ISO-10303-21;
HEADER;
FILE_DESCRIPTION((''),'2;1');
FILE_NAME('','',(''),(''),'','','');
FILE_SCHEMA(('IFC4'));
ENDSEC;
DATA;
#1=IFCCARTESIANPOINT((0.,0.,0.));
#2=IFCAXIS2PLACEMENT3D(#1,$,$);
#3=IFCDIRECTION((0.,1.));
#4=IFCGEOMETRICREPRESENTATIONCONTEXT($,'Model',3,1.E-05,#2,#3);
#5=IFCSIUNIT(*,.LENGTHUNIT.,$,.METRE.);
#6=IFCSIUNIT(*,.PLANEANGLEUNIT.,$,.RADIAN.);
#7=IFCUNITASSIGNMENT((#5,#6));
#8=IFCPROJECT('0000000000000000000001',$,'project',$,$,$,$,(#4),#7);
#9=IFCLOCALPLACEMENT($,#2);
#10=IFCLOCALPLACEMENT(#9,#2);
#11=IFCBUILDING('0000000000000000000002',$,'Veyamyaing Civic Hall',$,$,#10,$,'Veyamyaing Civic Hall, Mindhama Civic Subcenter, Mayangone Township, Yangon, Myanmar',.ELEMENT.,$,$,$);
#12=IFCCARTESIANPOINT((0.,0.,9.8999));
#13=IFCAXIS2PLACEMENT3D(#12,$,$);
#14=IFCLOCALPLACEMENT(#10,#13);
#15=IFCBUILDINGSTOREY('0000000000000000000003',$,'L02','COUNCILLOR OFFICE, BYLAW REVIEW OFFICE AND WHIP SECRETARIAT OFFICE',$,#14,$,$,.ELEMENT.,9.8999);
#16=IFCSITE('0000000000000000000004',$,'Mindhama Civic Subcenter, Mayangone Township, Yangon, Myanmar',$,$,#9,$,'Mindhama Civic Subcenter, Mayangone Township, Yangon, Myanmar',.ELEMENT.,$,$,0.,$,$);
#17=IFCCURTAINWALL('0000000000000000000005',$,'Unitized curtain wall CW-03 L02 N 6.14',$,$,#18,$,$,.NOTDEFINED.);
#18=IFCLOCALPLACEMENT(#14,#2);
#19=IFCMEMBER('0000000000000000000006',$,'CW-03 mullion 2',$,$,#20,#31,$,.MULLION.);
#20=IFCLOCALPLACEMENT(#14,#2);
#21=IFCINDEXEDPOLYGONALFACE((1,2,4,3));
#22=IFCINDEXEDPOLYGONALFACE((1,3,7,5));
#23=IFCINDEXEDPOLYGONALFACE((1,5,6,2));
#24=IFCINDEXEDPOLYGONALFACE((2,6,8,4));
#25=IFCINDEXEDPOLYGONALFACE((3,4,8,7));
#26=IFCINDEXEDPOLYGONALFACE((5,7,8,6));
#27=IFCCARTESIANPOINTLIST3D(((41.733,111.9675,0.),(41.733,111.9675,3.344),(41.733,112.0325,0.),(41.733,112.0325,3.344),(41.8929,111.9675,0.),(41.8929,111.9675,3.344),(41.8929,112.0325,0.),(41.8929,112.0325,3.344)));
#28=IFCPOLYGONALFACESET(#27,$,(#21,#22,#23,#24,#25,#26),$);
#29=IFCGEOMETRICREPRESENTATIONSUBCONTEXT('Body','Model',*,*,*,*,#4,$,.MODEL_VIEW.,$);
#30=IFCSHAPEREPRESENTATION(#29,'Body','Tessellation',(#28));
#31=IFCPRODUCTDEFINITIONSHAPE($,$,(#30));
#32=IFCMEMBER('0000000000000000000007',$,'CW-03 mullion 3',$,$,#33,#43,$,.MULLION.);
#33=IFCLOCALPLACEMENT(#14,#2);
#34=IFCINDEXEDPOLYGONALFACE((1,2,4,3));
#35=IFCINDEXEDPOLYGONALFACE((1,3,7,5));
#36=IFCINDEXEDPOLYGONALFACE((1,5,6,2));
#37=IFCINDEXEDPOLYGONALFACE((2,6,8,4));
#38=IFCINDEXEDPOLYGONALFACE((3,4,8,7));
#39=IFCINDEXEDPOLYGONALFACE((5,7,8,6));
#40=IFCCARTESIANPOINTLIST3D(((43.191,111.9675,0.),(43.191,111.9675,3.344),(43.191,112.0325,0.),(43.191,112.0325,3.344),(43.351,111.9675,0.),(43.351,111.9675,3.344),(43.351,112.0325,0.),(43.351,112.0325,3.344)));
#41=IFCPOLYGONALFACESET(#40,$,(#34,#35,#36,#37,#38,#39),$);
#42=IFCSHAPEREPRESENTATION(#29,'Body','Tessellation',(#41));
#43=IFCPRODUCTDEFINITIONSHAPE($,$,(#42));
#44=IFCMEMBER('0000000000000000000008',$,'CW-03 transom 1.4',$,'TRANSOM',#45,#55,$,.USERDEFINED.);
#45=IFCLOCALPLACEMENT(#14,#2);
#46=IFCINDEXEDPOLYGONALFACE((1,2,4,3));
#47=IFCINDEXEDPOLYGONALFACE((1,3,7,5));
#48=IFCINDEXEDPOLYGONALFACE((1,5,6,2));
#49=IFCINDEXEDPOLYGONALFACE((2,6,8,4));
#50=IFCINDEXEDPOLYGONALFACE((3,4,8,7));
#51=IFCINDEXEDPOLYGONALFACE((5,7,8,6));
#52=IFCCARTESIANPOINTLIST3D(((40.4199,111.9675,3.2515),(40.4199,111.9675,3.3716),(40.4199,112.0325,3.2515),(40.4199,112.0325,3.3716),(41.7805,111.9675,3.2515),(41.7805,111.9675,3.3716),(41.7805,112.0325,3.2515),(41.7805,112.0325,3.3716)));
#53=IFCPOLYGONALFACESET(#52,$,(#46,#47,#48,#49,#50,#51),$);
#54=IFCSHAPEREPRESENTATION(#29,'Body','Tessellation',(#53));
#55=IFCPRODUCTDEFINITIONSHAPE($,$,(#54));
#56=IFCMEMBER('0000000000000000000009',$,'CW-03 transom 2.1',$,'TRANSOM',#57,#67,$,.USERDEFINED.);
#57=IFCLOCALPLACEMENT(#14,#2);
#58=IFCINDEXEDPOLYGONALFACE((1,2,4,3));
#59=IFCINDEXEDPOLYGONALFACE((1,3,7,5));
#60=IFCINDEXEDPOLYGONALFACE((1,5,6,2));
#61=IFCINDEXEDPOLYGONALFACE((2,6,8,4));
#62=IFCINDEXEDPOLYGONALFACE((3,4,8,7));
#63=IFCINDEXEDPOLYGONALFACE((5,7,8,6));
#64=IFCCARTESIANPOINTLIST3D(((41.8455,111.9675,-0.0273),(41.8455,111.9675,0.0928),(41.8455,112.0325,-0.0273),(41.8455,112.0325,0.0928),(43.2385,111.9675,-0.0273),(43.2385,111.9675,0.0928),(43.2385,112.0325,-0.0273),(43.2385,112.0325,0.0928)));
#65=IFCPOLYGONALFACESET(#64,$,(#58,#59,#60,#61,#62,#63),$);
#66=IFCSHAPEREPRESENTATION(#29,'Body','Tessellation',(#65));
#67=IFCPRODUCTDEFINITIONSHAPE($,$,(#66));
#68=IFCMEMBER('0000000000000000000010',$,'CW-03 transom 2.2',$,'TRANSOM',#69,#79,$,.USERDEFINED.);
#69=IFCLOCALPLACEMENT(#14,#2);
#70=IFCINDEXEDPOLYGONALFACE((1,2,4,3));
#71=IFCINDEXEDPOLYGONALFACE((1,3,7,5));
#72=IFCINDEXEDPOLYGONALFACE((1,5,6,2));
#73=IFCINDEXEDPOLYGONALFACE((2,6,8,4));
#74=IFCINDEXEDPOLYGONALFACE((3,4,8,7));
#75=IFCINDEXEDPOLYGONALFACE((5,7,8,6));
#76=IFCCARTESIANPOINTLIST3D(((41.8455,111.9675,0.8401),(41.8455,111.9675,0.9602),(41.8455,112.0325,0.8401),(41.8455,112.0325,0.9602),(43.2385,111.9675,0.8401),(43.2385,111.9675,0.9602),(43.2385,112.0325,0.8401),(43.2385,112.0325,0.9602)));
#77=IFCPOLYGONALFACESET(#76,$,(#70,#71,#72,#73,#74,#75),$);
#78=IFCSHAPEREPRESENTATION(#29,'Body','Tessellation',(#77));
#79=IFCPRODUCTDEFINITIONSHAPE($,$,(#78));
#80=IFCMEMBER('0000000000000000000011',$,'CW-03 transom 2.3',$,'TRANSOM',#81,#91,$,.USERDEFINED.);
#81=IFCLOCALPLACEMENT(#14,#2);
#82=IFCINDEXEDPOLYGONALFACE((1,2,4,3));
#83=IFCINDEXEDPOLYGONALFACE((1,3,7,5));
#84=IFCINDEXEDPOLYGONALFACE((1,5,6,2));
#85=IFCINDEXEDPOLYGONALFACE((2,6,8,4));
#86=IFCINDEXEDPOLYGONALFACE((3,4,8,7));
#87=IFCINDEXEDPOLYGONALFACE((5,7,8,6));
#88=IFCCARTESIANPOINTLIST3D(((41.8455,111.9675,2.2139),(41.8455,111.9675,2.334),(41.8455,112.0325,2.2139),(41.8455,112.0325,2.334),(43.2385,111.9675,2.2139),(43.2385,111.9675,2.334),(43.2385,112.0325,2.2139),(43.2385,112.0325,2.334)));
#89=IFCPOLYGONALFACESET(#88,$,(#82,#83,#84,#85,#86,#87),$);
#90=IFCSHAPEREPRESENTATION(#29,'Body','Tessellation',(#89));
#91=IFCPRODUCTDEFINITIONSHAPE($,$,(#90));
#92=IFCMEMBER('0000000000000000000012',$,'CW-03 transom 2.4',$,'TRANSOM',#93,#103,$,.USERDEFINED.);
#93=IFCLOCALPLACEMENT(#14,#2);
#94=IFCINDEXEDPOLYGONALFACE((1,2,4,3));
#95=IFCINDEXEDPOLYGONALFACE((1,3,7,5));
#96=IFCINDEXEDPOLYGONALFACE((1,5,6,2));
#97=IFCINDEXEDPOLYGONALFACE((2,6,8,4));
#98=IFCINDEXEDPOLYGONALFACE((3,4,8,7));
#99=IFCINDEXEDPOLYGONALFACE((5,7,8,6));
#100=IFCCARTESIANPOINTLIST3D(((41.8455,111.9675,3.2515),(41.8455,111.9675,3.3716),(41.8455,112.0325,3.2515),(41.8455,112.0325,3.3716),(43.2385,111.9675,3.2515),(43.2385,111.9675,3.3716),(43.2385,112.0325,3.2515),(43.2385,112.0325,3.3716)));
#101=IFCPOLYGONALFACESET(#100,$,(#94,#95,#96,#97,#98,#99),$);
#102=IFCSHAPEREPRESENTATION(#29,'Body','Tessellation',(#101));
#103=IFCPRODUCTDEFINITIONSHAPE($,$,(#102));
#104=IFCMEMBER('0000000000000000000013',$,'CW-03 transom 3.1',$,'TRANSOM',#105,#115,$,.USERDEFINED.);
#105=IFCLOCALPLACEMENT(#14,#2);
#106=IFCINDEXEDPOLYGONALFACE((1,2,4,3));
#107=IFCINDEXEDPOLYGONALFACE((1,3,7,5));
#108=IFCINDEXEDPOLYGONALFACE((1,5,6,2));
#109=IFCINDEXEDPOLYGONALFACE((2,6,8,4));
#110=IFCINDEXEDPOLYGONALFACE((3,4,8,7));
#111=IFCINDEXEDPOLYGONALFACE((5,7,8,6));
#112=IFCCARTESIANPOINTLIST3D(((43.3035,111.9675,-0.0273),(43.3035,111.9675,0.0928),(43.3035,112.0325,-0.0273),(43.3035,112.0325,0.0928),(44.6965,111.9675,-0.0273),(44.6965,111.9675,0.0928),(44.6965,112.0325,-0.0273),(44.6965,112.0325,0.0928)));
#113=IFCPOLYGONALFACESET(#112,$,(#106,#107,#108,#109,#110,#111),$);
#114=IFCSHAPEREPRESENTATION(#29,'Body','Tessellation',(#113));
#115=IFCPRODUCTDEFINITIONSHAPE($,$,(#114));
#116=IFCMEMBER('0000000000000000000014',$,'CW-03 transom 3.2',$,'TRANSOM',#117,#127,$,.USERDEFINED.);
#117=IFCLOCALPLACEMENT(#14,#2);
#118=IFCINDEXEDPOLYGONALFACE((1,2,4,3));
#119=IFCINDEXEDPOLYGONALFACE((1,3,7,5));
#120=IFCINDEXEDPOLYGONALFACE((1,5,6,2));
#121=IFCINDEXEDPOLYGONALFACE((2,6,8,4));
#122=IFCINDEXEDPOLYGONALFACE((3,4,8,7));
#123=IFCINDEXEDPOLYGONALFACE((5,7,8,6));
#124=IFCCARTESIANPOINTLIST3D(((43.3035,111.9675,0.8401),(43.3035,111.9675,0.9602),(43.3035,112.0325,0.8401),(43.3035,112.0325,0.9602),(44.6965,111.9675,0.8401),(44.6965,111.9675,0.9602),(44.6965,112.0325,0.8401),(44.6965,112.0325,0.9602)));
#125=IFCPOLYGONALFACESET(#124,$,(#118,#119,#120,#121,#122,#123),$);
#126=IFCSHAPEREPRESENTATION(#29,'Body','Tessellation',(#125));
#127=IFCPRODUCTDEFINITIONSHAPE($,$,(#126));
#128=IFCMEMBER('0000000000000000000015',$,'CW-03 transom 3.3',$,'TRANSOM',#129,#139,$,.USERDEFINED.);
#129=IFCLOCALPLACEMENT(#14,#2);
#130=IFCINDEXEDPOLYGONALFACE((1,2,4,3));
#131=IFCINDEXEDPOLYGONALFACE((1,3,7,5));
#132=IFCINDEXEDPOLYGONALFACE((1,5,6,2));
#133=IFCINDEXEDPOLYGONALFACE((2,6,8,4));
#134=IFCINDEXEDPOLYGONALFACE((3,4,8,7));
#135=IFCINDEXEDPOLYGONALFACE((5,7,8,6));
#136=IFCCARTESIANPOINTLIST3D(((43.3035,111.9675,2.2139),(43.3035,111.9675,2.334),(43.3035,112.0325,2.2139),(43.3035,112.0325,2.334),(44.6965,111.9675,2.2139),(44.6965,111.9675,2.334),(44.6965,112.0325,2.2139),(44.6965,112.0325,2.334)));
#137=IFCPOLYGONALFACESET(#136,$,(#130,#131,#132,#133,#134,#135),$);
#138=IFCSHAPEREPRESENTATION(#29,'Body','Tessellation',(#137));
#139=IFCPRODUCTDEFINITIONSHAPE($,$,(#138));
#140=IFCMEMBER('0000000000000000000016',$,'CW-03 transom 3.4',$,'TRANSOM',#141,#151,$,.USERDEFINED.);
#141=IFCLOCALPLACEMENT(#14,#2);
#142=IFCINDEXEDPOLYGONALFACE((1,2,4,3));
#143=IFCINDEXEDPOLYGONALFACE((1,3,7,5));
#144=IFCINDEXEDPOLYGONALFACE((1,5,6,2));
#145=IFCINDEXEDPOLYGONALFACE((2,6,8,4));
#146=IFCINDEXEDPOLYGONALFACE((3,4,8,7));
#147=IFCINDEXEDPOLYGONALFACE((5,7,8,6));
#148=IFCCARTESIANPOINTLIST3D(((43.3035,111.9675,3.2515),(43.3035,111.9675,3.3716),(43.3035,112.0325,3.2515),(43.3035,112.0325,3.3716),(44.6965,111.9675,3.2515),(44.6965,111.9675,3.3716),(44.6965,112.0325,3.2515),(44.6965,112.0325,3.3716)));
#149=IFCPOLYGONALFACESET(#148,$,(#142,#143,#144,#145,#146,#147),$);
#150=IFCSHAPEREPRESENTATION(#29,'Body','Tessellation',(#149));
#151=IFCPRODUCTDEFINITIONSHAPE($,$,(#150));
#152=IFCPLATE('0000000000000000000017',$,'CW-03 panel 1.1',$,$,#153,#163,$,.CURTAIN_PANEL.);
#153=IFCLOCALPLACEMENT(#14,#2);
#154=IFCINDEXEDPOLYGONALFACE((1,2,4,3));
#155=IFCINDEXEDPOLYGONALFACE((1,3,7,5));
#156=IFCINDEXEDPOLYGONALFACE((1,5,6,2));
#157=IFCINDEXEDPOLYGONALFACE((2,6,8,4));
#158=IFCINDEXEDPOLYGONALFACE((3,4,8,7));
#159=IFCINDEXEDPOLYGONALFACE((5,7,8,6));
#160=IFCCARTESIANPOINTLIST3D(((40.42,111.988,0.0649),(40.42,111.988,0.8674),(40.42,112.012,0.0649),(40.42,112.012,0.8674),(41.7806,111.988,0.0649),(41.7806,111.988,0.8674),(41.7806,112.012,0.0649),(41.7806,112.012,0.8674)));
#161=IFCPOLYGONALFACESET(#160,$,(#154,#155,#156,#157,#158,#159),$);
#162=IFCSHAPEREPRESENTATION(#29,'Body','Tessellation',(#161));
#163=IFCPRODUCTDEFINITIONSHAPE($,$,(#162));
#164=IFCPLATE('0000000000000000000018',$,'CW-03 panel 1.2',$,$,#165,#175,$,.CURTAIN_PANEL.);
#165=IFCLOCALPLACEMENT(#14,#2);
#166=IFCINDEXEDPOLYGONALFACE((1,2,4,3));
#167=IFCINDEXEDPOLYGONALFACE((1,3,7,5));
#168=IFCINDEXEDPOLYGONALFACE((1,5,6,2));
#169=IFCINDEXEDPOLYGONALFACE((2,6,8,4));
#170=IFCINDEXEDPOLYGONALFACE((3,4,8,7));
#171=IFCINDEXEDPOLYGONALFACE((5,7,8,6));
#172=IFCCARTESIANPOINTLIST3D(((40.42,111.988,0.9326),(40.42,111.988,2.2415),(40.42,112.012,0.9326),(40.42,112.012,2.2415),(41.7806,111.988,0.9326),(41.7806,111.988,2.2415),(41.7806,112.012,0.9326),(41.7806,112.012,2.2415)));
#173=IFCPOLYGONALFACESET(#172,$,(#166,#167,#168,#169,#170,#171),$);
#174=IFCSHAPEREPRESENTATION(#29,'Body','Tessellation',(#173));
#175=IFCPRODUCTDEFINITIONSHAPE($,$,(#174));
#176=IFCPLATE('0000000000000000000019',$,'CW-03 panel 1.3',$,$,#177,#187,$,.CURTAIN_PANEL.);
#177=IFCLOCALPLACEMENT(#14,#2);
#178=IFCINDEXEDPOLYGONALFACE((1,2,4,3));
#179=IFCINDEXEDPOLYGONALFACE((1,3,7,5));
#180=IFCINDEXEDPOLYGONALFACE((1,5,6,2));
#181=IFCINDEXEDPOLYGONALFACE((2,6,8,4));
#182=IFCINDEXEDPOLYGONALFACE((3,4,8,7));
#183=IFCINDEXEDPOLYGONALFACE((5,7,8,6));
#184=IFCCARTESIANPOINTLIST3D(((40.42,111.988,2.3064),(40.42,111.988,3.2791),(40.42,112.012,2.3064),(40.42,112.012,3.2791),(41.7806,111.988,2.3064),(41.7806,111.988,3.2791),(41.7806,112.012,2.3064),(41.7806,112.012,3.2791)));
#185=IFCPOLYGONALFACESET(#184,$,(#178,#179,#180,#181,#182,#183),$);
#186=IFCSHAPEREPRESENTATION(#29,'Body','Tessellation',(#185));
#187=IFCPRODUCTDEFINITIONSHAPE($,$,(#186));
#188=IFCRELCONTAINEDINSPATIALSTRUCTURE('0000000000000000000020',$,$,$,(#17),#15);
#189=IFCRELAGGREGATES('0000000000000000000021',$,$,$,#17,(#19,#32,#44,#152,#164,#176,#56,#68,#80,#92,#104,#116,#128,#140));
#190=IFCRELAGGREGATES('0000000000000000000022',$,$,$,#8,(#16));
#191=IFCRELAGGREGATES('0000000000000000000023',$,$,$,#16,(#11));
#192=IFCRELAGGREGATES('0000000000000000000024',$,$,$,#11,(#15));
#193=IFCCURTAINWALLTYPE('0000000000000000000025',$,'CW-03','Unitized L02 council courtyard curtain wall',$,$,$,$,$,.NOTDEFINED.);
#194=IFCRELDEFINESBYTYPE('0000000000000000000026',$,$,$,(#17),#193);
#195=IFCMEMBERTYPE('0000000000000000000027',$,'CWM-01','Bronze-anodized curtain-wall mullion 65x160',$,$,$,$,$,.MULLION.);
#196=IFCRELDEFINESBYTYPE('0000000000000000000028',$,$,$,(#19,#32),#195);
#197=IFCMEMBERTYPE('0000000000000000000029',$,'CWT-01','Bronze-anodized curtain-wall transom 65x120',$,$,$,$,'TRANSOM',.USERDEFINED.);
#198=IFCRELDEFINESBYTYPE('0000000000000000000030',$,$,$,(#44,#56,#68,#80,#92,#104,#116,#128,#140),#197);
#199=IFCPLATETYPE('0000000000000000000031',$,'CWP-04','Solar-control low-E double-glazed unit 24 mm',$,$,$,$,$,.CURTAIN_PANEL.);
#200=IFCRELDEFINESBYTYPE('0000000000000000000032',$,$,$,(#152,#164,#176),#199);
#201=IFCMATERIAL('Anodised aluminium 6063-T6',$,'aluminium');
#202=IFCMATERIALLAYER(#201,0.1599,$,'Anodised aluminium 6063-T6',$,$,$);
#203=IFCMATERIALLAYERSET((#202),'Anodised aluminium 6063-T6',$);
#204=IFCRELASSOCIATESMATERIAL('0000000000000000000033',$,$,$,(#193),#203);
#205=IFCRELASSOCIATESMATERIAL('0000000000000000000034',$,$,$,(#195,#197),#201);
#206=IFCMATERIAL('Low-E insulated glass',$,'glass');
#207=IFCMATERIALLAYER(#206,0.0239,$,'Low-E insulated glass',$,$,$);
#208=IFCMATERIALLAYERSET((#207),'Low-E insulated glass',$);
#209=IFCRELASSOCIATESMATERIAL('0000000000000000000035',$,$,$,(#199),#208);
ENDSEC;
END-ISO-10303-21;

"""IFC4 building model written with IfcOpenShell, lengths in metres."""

from ifc_helpers import new_model, si_unit, direction, frame, origin, origin_2d, place, context, subcontext, project, spatial, rectangle, extrude, material, layer, layer_set, material_profile, profile_set, type_object, element, aggregate, save


model = new_model("IFC4")

# Units and contexts
model_context = context("Model", 3, precision=1e-05, world=origin(), true_north=direction((0.0, 1.0)))
body_context = subcontext(model_context, "Body", "Model", "MODEL_VIEW")
ifc_project = project(units=[si_unit("LENGTHUNIT", "METRE"), si_unit("PLANEANGLEUNIT", "RADIAN")], contexts=[model_context])

# Site, building, storey
site_placement = place(None, origin())
site = spatial("IfcSite", under=ifc_project, at=site_placement, Name="Mindhama Civic Subcenter, Mayangone Township, Yangon, Myanmar", LongName="Mindhama Civic Subcenter, Mayangone Township, Yangon, Myanmar", CompositionType="ELEMENT", RefElevation=0.0)
building_placement = place(site_placement, origin())
building = spatial("IfcBuilding", under=site, at=building_placement, Name="Veyamyaing Civic Hall", LongName="Veyamyaing Civic Hall, Mindhama Civic Subcenter, Mayangone Township, Yangon, Myanmar", CompositionType="ELEMENT")
storey_placement = place(building_placement, frame((0.0, 0.0, 9.8999)))
storey = spatial("IfcBuildingStorey", under=building, at=storey_placement, Name="L02", Description="COUNCILLOR OFFICE, BYLAW REVIEW OFFICE AND WHIP SECRETARIAT OFFICE", CompositionType="ELEMENT", Elevation=9.8999)

# Curtain wall, members, plates
ifc_material_1 = material(Name="Anodised aluminium 6063-T6", Category="aluminium")
ifc_layer_1 = layer(ifc_material_1, 0.1599, Name="Anodised aluminium 6063-T6")
ifc_layer_set_1 = layer_set([ifc_layer_1], Name="Anodised aluminium 6063-T6")
curtain_wall_type = type_object("IfcCurtainWallType", Name="CW-03", Description="Unitized L02 council courtyard curtain wall", PredefinedType="NOTDEFINED", material=ifc_layer_set_1)
curtain_wall_placement = place(storey_placement, origin())
curtain_wall = element("IfcCurtainWall", 1, at=curtain_wall_placement, inside=storey, type_object=curtain_wall_type, Name="Unitized curtain wall CW-03 L02 N 6.14", PredefinedType="NOTDEFINED")
ifc_material_profile_1 = material_profile(ifc_material_1, rectangle(XDim=0.0649, YDim=0.1599, at=origin_2d()), Name="ALU-MUL-65X160")
ifc_profile_set_1 = profile_set([ifc_material_profile_1], Name="Anodised aluminium 6063-T6")
member_type_1 = type_object("IfcMemberType", Name="CWM-01", Description="Bronze-anodized curtain-wall mullion 65x160", PredefinedType="MULLION", material=ifc_profile_set_1)
member_1_placement = place(storey_placement, frame((41.813, 112.0, 0.0), z_axis=(0.0, 0.0, 1.0), x_axis=(0.0, 1.0, 0.0)))
member_1 = element("IfcMember", 2, at=member_1_placement, type_object=member_type_1, Name="CW-03 mullion 2", PredefinedType="MULLION", context=body_context, shape_type="SweptSolid", body=[
    extrude(rectangle(XDim=0.0649, YDim=0.1599, at=origin_2d()), origin(), (0.0, 0.0, 1.0), 3.344),
])
member_2_placement = place(storey_placement, frame((43.271, 112.0, 0.0), z_axis=(0.0, 0.0, 1.0), x_axis=(0.0, 1.0, 0.0)))
member_2 = element("IfcMember", 3, at=member_2_placement, type_object=member_type_1, Name="CW-03 mullion 3", PredefinedType="MULLION", context=body_context, shape_type="SweptSolid", body=[
    extrude(rectangle(XDim=0.0649, YDim=0.1599, at=origin_2d()), origin(), (0.0, 0.0, 1.0), 3.344),
])
ifc_material_profile_2 = material_profile(ifc_material_1, rectangle(XDim=0.0649, YDim=0.1201, at=origin_2d()), Name="ALU-TRN-65X120")
ifc_profile_set_2 = profile_set([ifc_material_profile_2], Name="Anodised aluminium 6063-T6")
member_type_2 = type_object("IfcMemberType", Name="CWT-01", Description="Bronze-anodized curtain-wall transom 65x120", ElementType="TRANSOM", PredefinedType="USERDEFINED", material=ifc_profile_set_2)
member_3_placement = place(storey_placement, frame((40.4199, 112.0, 3.3115), z_axis=(1.0, 0.0, 0.0), x_axis=(0.0, 1.0, 0.0)))
member_3 = element("IfcMember", 4, at=member_3_placement, type_object=member_type_2, Name="CW-03 transom 1.4", ObjectType="TRANSOM", PredefinedType="USERDEFINED", context=body_context, shape_type="SweptSolid", body=[
    extrude(rectangle(XDim=0.0649, YDim=0.1201, at=origin_2d()), origin(), (0.0, 0.0, 1.0), 1.3606),
])
member_4_placement = place(storey_placement, frame((41.8455, 112.0, 0.0327), z_axis=(1.0, 0.0, 0.0), x_axis=(0.0, 1.0, 0.0)))
member_4 = element("IfcMember", 5, at=member_4_placement, type_object=member_type_2, Name="CW-03 transom 2.1", ObjectType="TRANSOM", PredefinedType="USERDEFINED", context=body_context, shape_type="SweptSolid", body=[
    extrude(rectangle(XDim=0.0649, YDim=0.1201, at=origin_2d()), origin(), (0.0, 0.0, 1.0), 1.3931),
])
member_5_placement = place(storey_placement, frame((41.8455, 112.0, 0.9001), z_axis=(1.0, 0.0, 0.0), x_axis=(0.0, 1.0, 0.0)))
member_5 = element("IfcMember", 6, at=member_5_placement, type_object=member_type_2, Name="CW-03 transom 2.2", ObjectType="TRANSOM", PredefinedType="USERDEFINED", context=body_context, shape_type="SweptSolid", body=[
    extrude(rectangle(XDim=0.0649, YDim=0.1201, at=origin_2d()), origin(), (0.0, 0.0, 1.0), 1.3931),
])
member_6_placement = place(storey_placement, frame((41.8455, 112.0, 2.2739), z_axis=(1.0, 0.0, 0.0), x_axis=(0.0, 1.0, 0.0)))
member_6 = element("IfcMember", 7, at=member_6_placement, type_object=member_type_2, Name="CW-03 transom 2.3", ObjectType="TRANSOM", PredefinedType="USERDEFINED", context=body_context, shape_type="SweptSolid", body=[
    extrude(rectangle(XDim=0.0649, YDim=0.1201, at=origin_2d()), origin(), (0.0, 0.0, 1.0), 1.3931),
])
member_7_placement = place(storey_placement, frame((41.8455, 112.0, 3.3115), z_axis=(1.0, 0.0, 0.0), x_axis=(0.0, 1.0, 0.0)))
member_7 = element("IfcMember", 8, at=member_7_placement, type_object=member_type_2, Name="CW-03 transom 2.4", ObjectType="TRANSOM", PredefinedType="USERDEFINED", context=body_context, shape_type="SweptSolid", body=[
    extrude(rectangle(XDim=0.0649, YDim=0.1201, at=origin_2d()), origin(), (0.0, 0.0, 1.0), 1.3931),
])
member_8_placement = place(storey_placement, frame((43.3035, 112.0, 0.0327), z_axis=(1.0, 0.0, 0.0), x_axis=(0.0, 1.0, 0.0)))
member_8 = element("IfcMember", 9, at=member_8_placement, type_object=member_type_2, Name="CW-03 transom 3.1", ObjectType="TRANSOM", PredefinedType="USERDEFINED", context=body_context, shape_type="SweptSolid", body=[
    extrude(rectangle(XDim=0.0649, YDim=0.1201, at=origin_2d()), origin(), (0.0, 0.0, 1.0), 1.3931),
])
member_9_placement = place(storey_placement, frame((43.3035, 112.0, 0.9001), z_axis=(1.0, 0.0, 0.0), x_axis=(0.0, 1.0, 0.0)))
member_9 = element("IfcMember", 10, at=member_9_placement, type_object=member_type_2, Name="CW-03 transom 3.2", ObjectType="TRANSOM", PredefinedType="USERDEFINED", context=body_context, shape_type="SweptSolid", body=[
    extrude(rectangle(XDim=0.0649, YDim=0.1201, at=origin_2d()), origin(), (0.0, 0.0, 1.0), 1.3931),
])
member_10_placement = place(storey_placement, frame((43.3035, 112.0, 2.2739), z_axis=(1.0, 0.0, 0.0), x_axis=(0.0, 1.0, 0.0)))
member_10 = element("IfcMember", 11, at=member_10_placement, type_object=member_type_2, Name="CW-03 transom 3.3", ObjectType="TRANSOM", PredefinedType="USERDEFINED", context=body_context, shape_type="SweptSolid", body=[
    extrude(rectangle(XDim=0.0649, YDim=0.1201, at=origin_2d()), origin(), (0.0, 0.0, 1.0), 1.3931),
])
member_11_placement = place(storey_placement, frame((43.3035, 112.0, 3.3115), z_axis=(1.0, 0.0, 0.0), x_axis=(0.0, 1.0, 0.0)))
member_11 = element("IfcMember", 12, at=member_11_placement, type_object=member_type_2, Name="CW-03 transom 3.4", ObjectType="TRANSOM", PredefinedType="USERDEFINED", context=body_context, shape_type="SweptSolid", body=[
    extrude(rectangle(XDim=0.0649, YDim=0.1201, at=origin_2d()), origin(), (0.0, 0.0, 1.0), 1.3931),
])
ifc_material_2 = material(Name="Low-E insulated glass", Category="glass")
ifc_layer_2 = layer(ifc_material_2, 0.0239, Name="Low-E insulated glass")
ifc_layer_set_2 = layer_set([ifc_layer_2], Name="Low-E insulated glass")
plate_type = type_object("IfcPlateType", Name="CWP-04", Description="Solar-control low-E double-glazed unit 24 mm", PredefinedType="CURTAIN_PANEL", material=ifc_layer_set_2)
plate_1_placement = place(storey_placement, frame((41.1003, 112.0, 0.0649), z_axis=(0.0, 0.0, 1.0), x_axis=(1.0, 0.0, 0.0)))
plate_1 = element("IfcPlate", 13, at=plate_1_placement, type_object=plate_type, Name="CW-03 panel 1.1", PredefinedType="CURTAIN_PANEL", context=body_context, shape_type="SweptSolid", body=[
    extrude(rectangle(XDim=1.3606, YDim=0.0239, at=origin_2d()), origin(), (0.0, 0.0, 1.0), 0.8025),
])
plate_2_placement = place(storey_placement, frame((41.1003, 112.0, 0.9326), z_axis=(0.0, 0.0, 1.0), x_axis=(1.0, 0.0, 0.0)))
plate_2 = element("IfcPlate", 14, at=plate_2_placement, type_object=plate_type, Name="CW-03 panel 1.2", PredefinedType="CURTAIN_PANEL", context=body_context, shape_type="SweptSolid", body=[
    extrude(rectangle(XDim=1.3606, YDim=0.0239, at=origin_2d()), origin(), (0.0, 0.0, 1.0), 1.3088),
])
plate_3_placement = place(storey_placement, frame((41.1003, 112.0, 2.3064), z_axis=(0.0, 0.0, 1.0), x_axis=(1.0, 0.0, 0.0)))
plate_3 = element("IfcPlate", 15, at=plate_3_placement, type_object=plate_type, Name="CW-03 panel 1.3", PredefinedType="CURTAIN_PANEL", context=body_context, shape_type="SweptSolid", body=[
    extrude(rectangle(XDim=1.3606, YDim=0.0239, at=origin_2d()), origin(), (0.0, 0.0, 1.0), 0.9727),
])
aggregate(curtain_wall, [member_1, member_2, member_3, plate_1, plate_2, plate_3, member_4, member_5, member_6, member_7, member_8, member_9, member_10, member_11])

save(model, "model.ifc")
